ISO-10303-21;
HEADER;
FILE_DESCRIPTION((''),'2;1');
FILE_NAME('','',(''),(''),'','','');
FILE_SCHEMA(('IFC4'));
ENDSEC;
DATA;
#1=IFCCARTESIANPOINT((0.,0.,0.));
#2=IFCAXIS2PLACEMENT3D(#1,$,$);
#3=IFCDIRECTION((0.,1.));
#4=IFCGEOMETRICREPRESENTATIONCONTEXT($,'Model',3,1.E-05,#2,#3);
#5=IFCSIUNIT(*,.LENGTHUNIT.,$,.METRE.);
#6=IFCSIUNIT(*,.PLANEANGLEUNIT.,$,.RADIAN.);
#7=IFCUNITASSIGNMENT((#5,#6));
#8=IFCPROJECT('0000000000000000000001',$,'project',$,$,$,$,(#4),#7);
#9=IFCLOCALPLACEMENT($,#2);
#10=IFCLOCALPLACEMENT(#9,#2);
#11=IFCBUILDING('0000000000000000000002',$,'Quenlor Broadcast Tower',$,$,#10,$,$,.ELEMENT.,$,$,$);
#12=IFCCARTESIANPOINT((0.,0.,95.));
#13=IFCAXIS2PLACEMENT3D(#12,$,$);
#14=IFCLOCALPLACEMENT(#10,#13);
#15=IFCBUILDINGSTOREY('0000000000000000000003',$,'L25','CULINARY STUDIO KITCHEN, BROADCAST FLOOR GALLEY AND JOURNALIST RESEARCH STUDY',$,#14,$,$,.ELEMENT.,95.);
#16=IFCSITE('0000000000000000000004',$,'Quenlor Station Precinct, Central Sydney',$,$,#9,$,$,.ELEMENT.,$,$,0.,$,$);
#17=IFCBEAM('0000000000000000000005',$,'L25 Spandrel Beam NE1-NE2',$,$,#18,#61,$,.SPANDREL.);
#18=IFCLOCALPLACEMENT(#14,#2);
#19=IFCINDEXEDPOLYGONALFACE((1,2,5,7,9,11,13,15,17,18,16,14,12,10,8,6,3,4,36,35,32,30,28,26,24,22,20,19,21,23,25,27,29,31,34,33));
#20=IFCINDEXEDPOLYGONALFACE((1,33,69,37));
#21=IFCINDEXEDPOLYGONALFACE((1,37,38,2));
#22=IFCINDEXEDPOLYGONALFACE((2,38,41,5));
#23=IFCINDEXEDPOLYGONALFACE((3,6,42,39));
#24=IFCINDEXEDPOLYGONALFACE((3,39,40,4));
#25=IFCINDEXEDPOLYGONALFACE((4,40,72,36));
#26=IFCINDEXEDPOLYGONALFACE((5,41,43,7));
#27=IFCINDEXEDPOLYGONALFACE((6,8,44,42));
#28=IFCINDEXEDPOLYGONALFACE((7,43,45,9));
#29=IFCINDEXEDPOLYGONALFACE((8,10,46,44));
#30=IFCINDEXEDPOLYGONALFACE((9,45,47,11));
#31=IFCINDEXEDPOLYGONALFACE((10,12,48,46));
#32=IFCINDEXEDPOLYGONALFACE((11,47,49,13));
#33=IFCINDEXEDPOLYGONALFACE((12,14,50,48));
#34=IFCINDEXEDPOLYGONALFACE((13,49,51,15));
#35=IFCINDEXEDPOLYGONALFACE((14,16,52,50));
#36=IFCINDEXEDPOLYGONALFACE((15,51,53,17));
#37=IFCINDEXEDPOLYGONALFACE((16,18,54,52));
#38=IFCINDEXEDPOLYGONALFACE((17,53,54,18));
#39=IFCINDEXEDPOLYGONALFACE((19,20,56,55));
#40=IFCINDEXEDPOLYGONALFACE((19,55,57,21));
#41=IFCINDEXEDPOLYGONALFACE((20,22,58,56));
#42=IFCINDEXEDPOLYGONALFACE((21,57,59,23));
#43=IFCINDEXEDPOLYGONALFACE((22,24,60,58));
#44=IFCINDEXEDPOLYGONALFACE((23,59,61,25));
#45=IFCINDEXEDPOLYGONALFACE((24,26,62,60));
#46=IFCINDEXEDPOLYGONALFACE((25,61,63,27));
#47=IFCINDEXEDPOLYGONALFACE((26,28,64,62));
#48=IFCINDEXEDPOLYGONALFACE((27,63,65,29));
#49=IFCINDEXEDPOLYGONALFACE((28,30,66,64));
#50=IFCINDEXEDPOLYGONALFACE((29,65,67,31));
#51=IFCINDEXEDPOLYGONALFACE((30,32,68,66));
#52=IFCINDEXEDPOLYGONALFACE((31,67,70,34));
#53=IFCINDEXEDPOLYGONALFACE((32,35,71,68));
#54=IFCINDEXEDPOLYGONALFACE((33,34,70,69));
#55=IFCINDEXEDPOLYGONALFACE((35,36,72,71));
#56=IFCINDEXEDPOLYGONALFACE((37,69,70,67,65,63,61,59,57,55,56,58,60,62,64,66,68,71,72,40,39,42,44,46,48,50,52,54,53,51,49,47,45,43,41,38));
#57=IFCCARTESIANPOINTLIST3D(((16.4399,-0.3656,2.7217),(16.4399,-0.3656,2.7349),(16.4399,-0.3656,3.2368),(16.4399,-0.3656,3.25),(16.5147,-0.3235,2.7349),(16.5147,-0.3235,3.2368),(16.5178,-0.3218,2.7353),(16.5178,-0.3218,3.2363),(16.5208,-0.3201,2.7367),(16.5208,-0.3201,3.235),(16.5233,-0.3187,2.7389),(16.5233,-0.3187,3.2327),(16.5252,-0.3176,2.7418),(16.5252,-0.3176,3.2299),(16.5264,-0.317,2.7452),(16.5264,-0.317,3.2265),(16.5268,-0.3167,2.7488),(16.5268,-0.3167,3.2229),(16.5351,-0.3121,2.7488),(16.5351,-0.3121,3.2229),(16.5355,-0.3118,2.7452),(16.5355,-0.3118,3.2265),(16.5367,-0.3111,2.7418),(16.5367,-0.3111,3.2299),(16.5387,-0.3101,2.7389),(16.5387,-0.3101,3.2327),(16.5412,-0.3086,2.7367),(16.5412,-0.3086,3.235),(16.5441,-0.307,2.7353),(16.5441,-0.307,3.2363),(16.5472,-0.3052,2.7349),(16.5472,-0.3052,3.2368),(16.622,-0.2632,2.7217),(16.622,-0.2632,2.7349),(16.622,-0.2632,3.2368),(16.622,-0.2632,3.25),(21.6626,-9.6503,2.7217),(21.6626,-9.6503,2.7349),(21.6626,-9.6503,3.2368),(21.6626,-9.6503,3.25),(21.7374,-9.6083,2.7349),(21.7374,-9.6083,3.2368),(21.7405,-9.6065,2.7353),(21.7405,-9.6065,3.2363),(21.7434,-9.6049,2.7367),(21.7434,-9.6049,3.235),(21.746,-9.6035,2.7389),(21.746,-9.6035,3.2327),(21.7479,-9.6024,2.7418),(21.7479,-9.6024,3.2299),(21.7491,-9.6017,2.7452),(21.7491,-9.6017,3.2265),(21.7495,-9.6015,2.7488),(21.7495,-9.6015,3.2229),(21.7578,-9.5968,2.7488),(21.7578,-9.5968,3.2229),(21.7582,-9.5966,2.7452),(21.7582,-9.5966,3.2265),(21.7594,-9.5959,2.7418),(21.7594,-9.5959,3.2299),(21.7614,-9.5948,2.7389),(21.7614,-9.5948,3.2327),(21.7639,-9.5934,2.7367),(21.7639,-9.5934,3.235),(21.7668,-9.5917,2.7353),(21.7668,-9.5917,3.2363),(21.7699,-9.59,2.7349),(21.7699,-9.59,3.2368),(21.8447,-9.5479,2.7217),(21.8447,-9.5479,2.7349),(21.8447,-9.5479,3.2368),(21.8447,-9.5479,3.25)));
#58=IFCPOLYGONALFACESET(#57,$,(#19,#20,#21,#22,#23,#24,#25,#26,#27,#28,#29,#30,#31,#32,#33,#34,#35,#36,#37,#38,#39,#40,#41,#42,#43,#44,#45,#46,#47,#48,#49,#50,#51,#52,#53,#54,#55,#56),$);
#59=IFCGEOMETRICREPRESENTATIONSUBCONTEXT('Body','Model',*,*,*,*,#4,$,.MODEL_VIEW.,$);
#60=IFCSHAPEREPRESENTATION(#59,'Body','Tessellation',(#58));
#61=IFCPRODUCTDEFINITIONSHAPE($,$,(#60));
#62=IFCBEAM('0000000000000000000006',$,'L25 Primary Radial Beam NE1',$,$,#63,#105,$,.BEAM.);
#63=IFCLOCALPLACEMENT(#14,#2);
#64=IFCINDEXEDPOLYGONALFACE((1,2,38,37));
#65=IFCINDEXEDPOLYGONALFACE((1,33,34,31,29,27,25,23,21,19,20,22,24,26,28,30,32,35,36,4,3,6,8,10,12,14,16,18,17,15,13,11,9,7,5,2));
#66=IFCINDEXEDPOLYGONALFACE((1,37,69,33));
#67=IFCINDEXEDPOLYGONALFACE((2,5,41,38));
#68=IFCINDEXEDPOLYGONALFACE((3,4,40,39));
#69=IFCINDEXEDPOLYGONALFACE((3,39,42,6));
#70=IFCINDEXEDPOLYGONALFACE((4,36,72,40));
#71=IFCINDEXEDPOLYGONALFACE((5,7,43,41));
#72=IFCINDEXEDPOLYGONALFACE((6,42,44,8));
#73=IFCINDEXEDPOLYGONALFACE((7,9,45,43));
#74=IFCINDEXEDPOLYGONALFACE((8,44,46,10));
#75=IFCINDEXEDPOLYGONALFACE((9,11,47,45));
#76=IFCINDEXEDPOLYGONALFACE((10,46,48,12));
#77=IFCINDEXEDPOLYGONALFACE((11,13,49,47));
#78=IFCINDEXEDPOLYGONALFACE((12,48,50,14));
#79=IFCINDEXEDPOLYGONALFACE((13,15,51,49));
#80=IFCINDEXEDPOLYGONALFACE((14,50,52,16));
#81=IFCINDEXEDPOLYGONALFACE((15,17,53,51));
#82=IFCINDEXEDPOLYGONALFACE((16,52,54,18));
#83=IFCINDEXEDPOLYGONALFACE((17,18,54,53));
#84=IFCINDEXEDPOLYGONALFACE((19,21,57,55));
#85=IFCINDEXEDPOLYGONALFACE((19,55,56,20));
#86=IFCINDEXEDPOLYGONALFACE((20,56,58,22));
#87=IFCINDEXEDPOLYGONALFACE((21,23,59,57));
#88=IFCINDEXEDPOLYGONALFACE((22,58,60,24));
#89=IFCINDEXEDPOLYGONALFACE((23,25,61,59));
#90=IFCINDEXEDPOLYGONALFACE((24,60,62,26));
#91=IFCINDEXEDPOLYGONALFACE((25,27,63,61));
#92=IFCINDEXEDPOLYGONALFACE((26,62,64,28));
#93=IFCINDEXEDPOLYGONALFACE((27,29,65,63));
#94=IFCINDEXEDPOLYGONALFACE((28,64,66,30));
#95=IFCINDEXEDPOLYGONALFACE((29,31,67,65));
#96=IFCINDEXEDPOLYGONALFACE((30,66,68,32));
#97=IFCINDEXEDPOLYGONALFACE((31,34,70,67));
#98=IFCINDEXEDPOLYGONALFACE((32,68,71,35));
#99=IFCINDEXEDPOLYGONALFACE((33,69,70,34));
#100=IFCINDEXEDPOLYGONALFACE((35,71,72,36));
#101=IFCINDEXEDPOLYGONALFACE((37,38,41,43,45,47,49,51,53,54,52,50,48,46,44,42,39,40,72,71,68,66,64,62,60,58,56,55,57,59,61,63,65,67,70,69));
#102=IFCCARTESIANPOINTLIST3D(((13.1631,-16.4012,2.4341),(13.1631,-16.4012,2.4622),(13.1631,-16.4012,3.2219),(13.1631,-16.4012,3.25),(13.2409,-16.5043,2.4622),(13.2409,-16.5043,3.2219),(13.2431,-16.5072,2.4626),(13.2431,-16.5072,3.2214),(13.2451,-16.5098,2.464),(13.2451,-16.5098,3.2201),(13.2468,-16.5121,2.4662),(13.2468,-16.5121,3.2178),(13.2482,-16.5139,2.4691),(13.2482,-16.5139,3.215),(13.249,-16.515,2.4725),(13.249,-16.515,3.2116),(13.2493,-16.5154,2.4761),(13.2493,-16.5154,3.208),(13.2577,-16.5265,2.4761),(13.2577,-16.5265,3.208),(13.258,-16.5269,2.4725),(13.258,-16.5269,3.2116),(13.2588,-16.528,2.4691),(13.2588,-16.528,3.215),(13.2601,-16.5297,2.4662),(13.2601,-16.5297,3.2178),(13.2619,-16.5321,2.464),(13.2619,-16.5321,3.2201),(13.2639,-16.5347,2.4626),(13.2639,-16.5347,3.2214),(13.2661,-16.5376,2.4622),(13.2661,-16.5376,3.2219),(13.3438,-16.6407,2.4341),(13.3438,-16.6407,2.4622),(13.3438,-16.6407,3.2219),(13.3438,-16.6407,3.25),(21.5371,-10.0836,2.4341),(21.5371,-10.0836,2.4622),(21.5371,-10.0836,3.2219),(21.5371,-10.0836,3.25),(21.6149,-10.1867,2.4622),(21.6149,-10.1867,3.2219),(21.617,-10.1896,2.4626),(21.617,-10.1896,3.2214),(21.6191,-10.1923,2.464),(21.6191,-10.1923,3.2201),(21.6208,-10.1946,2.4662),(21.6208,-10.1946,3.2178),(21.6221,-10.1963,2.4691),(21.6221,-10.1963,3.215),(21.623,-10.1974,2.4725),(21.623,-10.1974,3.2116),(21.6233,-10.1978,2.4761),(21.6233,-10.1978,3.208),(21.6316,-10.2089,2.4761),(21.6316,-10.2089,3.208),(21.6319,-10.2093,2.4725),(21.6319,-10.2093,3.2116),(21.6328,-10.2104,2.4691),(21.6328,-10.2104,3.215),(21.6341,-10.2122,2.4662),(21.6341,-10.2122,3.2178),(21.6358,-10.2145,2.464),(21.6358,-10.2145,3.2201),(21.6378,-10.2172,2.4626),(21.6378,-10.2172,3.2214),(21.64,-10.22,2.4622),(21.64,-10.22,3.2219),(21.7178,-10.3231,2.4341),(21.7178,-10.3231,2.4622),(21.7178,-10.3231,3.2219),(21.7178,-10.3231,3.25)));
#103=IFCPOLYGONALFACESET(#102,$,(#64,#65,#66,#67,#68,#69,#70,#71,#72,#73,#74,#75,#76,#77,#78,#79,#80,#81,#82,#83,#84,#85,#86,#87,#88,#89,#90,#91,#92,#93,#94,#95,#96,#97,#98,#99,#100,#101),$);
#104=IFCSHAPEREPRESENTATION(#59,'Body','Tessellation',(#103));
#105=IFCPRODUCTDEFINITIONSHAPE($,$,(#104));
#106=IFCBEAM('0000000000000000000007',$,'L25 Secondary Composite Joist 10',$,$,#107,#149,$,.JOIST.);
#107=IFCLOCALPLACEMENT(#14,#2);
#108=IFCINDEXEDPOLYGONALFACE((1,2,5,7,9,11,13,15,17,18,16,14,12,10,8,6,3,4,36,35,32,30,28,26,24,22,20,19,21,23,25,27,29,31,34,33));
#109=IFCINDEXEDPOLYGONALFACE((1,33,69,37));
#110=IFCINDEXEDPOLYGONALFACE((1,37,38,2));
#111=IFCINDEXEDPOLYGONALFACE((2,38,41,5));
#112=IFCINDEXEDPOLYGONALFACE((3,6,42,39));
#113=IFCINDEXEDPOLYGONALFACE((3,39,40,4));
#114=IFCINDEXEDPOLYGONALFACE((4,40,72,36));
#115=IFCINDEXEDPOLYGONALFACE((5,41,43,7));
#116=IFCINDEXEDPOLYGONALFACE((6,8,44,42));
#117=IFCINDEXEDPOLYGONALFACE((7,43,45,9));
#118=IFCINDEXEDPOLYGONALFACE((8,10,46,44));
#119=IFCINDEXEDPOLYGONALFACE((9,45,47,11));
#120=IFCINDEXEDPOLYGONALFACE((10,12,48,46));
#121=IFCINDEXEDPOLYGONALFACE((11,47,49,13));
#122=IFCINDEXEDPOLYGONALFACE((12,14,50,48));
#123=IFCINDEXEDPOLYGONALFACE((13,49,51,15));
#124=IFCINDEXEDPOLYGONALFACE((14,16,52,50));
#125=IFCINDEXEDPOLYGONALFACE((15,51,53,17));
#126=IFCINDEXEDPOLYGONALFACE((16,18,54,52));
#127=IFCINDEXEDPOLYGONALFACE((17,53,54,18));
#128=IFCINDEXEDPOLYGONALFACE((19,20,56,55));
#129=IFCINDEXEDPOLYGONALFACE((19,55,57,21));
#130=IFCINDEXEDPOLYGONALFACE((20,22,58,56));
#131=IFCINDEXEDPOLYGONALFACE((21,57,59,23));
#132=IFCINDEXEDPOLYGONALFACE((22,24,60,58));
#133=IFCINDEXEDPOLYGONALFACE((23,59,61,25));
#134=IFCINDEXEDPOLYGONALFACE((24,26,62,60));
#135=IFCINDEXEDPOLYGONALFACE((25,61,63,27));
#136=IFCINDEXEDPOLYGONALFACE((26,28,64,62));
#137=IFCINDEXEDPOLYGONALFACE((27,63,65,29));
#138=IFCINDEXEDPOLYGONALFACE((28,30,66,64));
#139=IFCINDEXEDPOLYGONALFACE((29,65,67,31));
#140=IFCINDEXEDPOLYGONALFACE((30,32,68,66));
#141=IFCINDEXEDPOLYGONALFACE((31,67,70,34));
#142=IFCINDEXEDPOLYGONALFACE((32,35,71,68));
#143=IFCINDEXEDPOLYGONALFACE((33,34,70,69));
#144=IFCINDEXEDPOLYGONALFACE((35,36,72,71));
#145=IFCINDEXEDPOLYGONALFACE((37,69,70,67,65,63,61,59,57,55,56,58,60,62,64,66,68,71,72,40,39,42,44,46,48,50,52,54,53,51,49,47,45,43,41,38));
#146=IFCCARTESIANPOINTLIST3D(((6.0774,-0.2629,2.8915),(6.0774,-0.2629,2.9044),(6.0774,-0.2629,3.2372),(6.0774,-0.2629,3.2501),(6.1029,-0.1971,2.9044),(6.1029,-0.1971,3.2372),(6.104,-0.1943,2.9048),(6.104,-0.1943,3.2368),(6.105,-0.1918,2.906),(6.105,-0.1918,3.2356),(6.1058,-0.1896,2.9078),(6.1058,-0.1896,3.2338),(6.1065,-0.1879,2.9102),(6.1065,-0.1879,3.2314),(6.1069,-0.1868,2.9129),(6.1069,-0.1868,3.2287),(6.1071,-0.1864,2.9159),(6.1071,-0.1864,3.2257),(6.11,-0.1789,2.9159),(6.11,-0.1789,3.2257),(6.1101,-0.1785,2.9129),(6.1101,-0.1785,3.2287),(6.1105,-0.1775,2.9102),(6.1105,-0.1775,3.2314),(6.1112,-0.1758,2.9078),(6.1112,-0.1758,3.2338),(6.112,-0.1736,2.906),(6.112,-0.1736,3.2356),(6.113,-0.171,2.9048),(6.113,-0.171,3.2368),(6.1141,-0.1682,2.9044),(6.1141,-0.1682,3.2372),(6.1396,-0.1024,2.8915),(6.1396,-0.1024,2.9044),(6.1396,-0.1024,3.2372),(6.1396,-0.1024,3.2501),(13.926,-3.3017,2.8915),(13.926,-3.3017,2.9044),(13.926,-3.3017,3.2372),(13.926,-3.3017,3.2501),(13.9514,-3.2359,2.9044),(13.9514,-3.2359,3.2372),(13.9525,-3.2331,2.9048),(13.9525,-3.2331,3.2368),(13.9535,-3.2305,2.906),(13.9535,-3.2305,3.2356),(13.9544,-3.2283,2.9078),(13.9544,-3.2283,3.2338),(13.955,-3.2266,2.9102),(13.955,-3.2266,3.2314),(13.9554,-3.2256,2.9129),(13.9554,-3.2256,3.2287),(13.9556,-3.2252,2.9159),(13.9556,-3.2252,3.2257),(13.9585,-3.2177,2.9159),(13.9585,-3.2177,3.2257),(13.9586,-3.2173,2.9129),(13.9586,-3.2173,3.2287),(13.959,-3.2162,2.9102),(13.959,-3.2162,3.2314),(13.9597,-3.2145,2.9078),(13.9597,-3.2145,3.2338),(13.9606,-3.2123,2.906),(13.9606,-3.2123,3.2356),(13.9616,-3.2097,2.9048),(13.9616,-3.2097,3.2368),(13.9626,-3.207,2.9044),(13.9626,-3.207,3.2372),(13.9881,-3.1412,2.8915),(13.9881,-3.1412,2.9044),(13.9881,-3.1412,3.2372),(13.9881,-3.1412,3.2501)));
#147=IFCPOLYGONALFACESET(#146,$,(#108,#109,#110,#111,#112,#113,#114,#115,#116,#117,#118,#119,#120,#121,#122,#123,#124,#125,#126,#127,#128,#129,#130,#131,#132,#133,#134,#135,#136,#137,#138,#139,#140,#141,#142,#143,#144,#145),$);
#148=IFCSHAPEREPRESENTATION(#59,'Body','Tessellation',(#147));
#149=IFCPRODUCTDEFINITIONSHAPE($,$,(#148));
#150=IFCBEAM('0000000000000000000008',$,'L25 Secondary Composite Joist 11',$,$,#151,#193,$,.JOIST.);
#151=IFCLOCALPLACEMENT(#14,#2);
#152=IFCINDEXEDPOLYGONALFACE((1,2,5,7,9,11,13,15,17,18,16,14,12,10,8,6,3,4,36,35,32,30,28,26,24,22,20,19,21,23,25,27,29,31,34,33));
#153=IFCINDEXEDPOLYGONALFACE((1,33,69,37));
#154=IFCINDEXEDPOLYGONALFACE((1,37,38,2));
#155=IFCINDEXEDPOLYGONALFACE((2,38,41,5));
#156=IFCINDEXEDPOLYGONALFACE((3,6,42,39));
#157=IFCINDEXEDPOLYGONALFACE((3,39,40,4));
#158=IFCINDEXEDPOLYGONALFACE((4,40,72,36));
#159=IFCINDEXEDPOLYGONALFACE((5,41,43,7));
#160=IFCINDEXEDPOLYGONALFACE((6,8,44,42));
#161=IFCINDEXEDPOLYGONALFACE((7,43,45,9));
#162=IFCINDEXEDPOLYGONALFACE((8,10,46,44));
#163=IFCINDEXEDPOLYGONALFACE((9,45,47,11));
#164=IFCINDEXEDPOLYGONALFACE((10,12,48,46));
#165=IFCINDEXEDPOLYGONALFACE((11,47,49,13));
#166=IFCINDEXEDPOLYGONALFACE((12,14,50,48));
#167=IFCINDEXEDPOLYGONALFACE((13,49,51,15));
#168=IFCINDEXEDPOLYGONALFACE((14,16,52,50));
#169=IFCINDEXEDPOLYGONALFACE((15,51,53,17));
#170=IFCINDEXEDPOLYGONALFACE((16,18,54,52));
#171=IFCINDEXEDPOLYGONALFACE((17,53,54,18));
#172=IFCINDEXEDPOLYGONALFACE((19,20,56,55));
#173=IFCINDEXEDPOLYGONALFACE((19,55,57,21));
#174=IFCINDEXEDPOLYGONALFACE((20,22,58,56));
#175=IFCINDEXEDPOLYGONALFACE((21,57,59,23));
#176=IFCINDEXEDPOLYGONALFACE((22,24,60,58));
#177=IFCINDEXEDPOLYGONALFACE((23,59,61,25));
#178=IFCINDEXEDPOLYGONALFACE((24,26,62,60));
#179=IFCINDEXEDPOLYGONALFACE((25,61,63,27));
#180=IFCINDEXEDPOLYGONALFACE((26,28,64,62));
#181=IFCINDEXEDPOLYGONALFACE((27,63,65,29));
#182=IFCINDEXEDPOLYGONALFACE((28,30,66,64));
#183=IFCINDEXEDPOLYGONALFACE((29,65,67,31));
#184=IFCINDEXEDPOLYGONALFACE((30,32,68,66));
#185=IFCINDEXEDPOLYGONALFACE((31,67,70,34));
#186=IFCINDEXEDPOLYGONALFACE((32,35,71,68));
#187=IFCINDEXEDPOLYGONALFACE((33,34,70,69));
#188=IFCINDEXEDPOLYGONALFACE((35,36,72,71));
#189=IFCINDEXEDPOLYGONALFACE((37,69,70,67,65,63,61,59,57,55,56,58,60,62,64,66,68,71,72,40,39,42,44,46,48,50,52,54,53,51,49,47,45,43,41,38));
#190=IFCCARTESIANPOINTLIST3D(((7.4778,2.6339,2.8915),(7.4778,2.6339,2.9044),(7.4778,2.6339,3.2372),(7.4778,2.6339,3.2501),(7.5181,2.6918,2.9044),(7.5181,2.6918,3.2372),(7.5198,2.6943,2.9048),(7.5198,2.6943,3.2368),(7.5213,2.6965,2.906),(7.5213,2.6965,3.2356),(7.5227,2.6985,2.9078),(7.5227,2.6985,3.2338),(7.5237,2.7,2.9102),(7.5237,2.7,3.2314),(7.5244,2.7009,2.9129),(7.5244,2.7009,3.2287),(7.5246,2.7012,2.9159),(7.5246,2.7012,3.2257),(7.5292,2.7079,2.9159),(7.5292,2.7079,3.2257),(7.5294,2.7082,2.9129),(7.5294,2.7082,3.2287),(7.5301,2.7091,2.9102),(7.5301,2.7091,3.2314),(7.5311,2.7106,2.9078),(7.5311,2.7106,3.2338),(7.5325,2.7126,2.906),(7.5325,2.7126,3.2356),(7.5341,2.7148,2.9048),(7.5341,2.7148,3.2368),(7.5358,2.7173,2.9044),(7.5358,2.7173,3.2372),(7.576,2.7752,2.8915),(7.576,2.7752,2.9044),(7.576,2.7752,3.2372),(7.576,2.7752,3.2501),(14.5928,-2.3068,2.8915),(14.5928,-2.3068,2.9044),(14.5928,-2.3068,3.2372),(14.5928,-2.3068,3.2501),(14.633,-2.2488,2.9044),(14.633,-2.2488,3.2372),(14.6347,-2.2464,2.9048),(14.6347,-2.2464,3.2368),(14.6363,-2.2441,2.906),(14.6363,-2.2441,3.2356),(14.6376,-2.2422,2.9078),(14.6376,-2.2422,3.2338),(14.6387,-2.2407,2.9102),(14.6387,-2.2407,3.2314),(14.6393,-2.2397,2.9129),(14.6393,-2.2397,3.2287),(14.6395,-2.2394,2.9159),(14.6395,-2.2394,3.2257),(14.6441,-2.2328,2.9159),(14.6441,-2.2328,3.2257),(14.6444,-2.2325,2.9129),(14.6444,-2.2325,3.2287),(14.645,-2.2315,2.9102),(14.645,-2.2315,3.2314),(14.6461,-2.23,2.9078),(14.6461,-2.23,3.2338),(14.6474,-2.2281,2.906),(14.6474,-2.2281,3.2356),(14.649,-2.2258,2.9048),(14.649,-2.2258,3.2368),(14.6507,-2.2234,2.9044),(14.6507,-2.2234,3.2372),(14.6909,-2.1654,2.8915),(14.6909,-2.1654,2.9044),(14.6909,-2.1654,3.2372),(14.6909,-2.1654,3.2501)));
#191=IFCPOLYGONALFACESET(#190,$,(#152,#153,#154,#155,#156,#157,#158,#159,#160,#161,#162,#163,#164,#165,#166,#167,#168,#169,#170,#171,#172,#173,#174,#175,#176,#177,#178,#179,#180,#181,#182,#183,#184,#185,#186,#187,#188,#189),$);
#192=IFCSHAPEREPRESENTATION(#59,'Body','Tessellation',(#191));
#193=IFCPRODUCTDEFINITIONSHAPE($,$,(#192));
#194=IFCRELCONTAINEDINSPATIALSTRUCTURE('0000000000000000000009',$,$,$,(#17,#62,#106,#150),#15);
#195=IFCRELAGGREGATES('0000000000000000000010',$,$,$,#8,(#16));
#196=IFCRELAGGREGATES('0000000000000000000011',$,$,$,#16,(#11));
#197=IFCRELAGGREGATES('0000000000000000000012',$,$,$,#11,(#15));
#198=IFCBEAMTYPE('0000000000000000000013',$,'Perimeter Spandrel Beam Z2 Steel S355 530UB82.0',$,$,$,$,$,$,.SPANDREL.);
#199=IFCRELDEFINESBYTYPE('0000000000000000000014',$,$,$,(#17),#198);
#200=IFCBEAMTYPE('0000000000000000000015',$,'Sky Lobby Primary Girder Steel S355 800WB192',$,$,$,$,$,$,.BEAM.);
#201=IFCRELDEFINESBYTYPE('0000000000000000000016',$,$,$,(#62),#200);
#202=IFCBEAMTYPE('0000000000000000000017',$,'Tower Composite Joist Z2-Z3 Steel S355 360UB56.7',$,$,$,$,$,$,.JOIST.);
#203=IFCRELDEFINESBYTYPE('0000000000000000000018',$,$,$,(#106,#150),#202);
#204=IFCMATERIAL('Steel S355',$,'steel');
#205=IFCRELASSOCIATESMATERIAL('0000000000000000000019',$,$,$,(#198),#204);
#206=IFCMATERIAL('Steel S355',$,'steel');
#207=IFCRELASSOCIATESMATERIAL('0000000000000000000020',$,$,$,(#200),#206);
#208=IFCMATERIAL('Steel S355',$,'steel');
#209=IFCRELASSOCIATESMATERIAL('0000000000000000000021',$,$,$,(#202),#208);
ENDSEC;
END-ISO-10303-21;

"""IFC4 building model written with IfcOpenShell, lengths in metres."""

from ifc_helpers import new_model, si_unit, direction, frame, origin, origin_2d, place, context, subcontext, project, spatial, i_section, extrude, material, material_profile, profile_set, type_object, element, save


model = new_model("IFC4")

# Units and contexts
model_context = context("Model", 3, precision=1e-05, world=origin(), true_north=direction((0.0, 1.0)))
body_context = subcontext(model_context, "Body", "Model", "MODEL_VIEW")
ifc_project = project(units=[si_unit("LENGTHUNIT", "METRE"), si_unit("PLANEANGLEUNIT", "RADIAN")], contexts=[model_context])

# Site, building, storey
site_placement = place(None, origin())
site = spatial("IfcSite", under=ifc_project, at=site_placement, Name="Quenlor Station Precinct, Central Sydney", CompositionType="ELEMENT", RefElevation=0.0)
building_placement = place(site_placement, origin())
building = spatial("IfcBuilding", under=site, at=building_placement, Name="Quenlor Broadcast Tower", CompositionType="ELEMENT")
storey_placement = place(building_placement, frame((0.0, 0.0, 95.0)))
storey = spatial("IfcBuildingStorey", under=building, at=storey_placement, Name="L25", Description="CULINARY STUDIO KITCHEN, BROADCAST FLOOR GALLEY AND JOURNALIST RESEARCH STUDY", CompositionType="ELEMENT", Elevation=95.0)

# Beams
ifc_material_1 = material(Name="Steel S355", Category="steel")
ifc_material_profile_1 = material_profile(ifc_material_1, i_section(OverallWidth=0.209, OverallDepth=0.5283, WebThickness=0.0095, FlangeThickness=0.0132, FilletRadius=0.0139, at=origin_2d()))
ifc_profile_set_1 = profile_set([ifc_material_profile_1], Name="Steel S355 530UB82.0")
beam_type_1 = type_object("IfcBeamType", Name="Perimeter Spandrel Beam Z2 Steel S355 530UB82.0", PredefinedType="SPANDREL", material=ifc_profile_set_1)
beam_1_placement = place(storey_placement, frame((21.7537, -9.5991, 2.9858), z_axis=(-0.490263, 0.871574, 0.0), x_axis=(-0.871574, -0.490263, 0.0)))
element("IfcBeam", 1, at=beam_1_placement, inside=storey, type_object=beam_type_1, Name="L25 Spandrel Beam NE1-NE2", PredefinedType="SPANDREL", context=body_context, shape_type="SweptSolid", body=[
    extrude(i_section(OverallWidth=0.209, OverallDepth=0.5283, WebThickness=0.0095, FlangeThickness=0.0132, FilletRadius=0.0139, at=origin_2d()), origin(), (0.0, 0.0, 1.0), 10.6528),
])
ifc_material_2 = material(Name="Steel S355", Category="steel")
ifc_material_profile_2 = material_profile(ifc_material_2, i_section(OverallWidth=0.3, OverallDepth=0.8159, WebThickness=0.0139, FlangeThickness=0.0281, FilletRadius=0.0139, at=origin_2d()))
ifc_profile_set_2 = profile_set([ifc_material_profile_2], Name="Steel S355 800WB192")
beam_type_2 = type_object("IfcBeamType", Name="Sky Lobby Primary Girder Steel S355 800WB192", PredefinedType="BEAM", material=ifc_profile_set_2)
beam_2_placement = place(storey_placement, frame((21.6274, -10.2034, 2.842), z_axis=(-0.798299, -0.602262, 0.0), x_axis=(0.602262, -0.798299, 0.0)))
element("IfcBeam", 2, at=beam_2_placement, inside=storey, type_object=beam_type_2, Name="L25 Primary Radial Beam NE1", PredefinedType="BEAM", context=body_context, shape_type="SweptSolid", body=[
    extrude(i_section(OverallWidth=0.3, OverallDepth=0.8159, WebThickness=0.0139, FlangeThickness=0.0281, FilletRadius=0.0139, at=origin_2d()), origin(), (0.0, 0.0, 1.0), 10.4897),
])
ifc_material_3 = material(Name="Steel S355", Category="steel")
ifc_material_profile_3 = material_profile(ifc_material_3, i_section(OverallWidth=0.1721, OverallDepth=0.3586, WebThickness=0.0081, FlangeThickness=0.0129, FilletRadius=0.0115, at=origin_2d()))
ifc_profile_set_3 = profile_set([ifc_material_profile_3], Name="Steel S355 360UB56.7")
beam_type_3 = type_object("IfcBeamType", Name="Tower Composite Joist Z2-Z3 Steel S355 360UB56.7", PredefinedType="JOIST", material=ifc_profile_set_3)
beam_3_placement = place(storey_placement, frame((13.957, -3.2214, 3.0708), z_axis=(-0.932543, 0.36106, 0.0), x_axis=(-0.36106, -0.932543, 0.0)))
element("IfcBeam", 3, at=beam_3_placement, inside=storey, type_object=beam_type_3, Name="L25 Secondary Composite Joist 10", PredefinedType="JOIST", context=body_context, shape_type="SweptSolid", body=[
    extrude(i_section(OverallWidth=0.1721, OverallDepth=0.3586, WebThickness=0.0081, FlangeThickness=0.0129, FilletRadius=0.0115, at=origin_2d()), origin(), (0.0, 0.0, 1.0), 8.4163),
])
beam_4_placement = place(storey_placement, frame((14.6418, -2.2361, 3.0708), z_axis=(-0.821386, 0.570373, 0.0), x_axis=(-0.570373, -0.821386, 0.0)))
element("IfcBeam", 4, at=beam_4_placement, inside=storey, type_object=beam_type_3, Name="L25 Secondary Composite Joist 11", PredefinedType="JOIST", context=body_context, shape_type="SweptSolid", body=[
    extrude(i_section(OverallWidth=0.1721, OverallDepth=0.3586, WebThickness=0.0081, FlangeThickness=0.0129, FilletRadius=0.0115, at=origin_2d()), origin(), (0.0, 0.0, 1.0), 8.6621),
])

save(model, "model.ifc")
